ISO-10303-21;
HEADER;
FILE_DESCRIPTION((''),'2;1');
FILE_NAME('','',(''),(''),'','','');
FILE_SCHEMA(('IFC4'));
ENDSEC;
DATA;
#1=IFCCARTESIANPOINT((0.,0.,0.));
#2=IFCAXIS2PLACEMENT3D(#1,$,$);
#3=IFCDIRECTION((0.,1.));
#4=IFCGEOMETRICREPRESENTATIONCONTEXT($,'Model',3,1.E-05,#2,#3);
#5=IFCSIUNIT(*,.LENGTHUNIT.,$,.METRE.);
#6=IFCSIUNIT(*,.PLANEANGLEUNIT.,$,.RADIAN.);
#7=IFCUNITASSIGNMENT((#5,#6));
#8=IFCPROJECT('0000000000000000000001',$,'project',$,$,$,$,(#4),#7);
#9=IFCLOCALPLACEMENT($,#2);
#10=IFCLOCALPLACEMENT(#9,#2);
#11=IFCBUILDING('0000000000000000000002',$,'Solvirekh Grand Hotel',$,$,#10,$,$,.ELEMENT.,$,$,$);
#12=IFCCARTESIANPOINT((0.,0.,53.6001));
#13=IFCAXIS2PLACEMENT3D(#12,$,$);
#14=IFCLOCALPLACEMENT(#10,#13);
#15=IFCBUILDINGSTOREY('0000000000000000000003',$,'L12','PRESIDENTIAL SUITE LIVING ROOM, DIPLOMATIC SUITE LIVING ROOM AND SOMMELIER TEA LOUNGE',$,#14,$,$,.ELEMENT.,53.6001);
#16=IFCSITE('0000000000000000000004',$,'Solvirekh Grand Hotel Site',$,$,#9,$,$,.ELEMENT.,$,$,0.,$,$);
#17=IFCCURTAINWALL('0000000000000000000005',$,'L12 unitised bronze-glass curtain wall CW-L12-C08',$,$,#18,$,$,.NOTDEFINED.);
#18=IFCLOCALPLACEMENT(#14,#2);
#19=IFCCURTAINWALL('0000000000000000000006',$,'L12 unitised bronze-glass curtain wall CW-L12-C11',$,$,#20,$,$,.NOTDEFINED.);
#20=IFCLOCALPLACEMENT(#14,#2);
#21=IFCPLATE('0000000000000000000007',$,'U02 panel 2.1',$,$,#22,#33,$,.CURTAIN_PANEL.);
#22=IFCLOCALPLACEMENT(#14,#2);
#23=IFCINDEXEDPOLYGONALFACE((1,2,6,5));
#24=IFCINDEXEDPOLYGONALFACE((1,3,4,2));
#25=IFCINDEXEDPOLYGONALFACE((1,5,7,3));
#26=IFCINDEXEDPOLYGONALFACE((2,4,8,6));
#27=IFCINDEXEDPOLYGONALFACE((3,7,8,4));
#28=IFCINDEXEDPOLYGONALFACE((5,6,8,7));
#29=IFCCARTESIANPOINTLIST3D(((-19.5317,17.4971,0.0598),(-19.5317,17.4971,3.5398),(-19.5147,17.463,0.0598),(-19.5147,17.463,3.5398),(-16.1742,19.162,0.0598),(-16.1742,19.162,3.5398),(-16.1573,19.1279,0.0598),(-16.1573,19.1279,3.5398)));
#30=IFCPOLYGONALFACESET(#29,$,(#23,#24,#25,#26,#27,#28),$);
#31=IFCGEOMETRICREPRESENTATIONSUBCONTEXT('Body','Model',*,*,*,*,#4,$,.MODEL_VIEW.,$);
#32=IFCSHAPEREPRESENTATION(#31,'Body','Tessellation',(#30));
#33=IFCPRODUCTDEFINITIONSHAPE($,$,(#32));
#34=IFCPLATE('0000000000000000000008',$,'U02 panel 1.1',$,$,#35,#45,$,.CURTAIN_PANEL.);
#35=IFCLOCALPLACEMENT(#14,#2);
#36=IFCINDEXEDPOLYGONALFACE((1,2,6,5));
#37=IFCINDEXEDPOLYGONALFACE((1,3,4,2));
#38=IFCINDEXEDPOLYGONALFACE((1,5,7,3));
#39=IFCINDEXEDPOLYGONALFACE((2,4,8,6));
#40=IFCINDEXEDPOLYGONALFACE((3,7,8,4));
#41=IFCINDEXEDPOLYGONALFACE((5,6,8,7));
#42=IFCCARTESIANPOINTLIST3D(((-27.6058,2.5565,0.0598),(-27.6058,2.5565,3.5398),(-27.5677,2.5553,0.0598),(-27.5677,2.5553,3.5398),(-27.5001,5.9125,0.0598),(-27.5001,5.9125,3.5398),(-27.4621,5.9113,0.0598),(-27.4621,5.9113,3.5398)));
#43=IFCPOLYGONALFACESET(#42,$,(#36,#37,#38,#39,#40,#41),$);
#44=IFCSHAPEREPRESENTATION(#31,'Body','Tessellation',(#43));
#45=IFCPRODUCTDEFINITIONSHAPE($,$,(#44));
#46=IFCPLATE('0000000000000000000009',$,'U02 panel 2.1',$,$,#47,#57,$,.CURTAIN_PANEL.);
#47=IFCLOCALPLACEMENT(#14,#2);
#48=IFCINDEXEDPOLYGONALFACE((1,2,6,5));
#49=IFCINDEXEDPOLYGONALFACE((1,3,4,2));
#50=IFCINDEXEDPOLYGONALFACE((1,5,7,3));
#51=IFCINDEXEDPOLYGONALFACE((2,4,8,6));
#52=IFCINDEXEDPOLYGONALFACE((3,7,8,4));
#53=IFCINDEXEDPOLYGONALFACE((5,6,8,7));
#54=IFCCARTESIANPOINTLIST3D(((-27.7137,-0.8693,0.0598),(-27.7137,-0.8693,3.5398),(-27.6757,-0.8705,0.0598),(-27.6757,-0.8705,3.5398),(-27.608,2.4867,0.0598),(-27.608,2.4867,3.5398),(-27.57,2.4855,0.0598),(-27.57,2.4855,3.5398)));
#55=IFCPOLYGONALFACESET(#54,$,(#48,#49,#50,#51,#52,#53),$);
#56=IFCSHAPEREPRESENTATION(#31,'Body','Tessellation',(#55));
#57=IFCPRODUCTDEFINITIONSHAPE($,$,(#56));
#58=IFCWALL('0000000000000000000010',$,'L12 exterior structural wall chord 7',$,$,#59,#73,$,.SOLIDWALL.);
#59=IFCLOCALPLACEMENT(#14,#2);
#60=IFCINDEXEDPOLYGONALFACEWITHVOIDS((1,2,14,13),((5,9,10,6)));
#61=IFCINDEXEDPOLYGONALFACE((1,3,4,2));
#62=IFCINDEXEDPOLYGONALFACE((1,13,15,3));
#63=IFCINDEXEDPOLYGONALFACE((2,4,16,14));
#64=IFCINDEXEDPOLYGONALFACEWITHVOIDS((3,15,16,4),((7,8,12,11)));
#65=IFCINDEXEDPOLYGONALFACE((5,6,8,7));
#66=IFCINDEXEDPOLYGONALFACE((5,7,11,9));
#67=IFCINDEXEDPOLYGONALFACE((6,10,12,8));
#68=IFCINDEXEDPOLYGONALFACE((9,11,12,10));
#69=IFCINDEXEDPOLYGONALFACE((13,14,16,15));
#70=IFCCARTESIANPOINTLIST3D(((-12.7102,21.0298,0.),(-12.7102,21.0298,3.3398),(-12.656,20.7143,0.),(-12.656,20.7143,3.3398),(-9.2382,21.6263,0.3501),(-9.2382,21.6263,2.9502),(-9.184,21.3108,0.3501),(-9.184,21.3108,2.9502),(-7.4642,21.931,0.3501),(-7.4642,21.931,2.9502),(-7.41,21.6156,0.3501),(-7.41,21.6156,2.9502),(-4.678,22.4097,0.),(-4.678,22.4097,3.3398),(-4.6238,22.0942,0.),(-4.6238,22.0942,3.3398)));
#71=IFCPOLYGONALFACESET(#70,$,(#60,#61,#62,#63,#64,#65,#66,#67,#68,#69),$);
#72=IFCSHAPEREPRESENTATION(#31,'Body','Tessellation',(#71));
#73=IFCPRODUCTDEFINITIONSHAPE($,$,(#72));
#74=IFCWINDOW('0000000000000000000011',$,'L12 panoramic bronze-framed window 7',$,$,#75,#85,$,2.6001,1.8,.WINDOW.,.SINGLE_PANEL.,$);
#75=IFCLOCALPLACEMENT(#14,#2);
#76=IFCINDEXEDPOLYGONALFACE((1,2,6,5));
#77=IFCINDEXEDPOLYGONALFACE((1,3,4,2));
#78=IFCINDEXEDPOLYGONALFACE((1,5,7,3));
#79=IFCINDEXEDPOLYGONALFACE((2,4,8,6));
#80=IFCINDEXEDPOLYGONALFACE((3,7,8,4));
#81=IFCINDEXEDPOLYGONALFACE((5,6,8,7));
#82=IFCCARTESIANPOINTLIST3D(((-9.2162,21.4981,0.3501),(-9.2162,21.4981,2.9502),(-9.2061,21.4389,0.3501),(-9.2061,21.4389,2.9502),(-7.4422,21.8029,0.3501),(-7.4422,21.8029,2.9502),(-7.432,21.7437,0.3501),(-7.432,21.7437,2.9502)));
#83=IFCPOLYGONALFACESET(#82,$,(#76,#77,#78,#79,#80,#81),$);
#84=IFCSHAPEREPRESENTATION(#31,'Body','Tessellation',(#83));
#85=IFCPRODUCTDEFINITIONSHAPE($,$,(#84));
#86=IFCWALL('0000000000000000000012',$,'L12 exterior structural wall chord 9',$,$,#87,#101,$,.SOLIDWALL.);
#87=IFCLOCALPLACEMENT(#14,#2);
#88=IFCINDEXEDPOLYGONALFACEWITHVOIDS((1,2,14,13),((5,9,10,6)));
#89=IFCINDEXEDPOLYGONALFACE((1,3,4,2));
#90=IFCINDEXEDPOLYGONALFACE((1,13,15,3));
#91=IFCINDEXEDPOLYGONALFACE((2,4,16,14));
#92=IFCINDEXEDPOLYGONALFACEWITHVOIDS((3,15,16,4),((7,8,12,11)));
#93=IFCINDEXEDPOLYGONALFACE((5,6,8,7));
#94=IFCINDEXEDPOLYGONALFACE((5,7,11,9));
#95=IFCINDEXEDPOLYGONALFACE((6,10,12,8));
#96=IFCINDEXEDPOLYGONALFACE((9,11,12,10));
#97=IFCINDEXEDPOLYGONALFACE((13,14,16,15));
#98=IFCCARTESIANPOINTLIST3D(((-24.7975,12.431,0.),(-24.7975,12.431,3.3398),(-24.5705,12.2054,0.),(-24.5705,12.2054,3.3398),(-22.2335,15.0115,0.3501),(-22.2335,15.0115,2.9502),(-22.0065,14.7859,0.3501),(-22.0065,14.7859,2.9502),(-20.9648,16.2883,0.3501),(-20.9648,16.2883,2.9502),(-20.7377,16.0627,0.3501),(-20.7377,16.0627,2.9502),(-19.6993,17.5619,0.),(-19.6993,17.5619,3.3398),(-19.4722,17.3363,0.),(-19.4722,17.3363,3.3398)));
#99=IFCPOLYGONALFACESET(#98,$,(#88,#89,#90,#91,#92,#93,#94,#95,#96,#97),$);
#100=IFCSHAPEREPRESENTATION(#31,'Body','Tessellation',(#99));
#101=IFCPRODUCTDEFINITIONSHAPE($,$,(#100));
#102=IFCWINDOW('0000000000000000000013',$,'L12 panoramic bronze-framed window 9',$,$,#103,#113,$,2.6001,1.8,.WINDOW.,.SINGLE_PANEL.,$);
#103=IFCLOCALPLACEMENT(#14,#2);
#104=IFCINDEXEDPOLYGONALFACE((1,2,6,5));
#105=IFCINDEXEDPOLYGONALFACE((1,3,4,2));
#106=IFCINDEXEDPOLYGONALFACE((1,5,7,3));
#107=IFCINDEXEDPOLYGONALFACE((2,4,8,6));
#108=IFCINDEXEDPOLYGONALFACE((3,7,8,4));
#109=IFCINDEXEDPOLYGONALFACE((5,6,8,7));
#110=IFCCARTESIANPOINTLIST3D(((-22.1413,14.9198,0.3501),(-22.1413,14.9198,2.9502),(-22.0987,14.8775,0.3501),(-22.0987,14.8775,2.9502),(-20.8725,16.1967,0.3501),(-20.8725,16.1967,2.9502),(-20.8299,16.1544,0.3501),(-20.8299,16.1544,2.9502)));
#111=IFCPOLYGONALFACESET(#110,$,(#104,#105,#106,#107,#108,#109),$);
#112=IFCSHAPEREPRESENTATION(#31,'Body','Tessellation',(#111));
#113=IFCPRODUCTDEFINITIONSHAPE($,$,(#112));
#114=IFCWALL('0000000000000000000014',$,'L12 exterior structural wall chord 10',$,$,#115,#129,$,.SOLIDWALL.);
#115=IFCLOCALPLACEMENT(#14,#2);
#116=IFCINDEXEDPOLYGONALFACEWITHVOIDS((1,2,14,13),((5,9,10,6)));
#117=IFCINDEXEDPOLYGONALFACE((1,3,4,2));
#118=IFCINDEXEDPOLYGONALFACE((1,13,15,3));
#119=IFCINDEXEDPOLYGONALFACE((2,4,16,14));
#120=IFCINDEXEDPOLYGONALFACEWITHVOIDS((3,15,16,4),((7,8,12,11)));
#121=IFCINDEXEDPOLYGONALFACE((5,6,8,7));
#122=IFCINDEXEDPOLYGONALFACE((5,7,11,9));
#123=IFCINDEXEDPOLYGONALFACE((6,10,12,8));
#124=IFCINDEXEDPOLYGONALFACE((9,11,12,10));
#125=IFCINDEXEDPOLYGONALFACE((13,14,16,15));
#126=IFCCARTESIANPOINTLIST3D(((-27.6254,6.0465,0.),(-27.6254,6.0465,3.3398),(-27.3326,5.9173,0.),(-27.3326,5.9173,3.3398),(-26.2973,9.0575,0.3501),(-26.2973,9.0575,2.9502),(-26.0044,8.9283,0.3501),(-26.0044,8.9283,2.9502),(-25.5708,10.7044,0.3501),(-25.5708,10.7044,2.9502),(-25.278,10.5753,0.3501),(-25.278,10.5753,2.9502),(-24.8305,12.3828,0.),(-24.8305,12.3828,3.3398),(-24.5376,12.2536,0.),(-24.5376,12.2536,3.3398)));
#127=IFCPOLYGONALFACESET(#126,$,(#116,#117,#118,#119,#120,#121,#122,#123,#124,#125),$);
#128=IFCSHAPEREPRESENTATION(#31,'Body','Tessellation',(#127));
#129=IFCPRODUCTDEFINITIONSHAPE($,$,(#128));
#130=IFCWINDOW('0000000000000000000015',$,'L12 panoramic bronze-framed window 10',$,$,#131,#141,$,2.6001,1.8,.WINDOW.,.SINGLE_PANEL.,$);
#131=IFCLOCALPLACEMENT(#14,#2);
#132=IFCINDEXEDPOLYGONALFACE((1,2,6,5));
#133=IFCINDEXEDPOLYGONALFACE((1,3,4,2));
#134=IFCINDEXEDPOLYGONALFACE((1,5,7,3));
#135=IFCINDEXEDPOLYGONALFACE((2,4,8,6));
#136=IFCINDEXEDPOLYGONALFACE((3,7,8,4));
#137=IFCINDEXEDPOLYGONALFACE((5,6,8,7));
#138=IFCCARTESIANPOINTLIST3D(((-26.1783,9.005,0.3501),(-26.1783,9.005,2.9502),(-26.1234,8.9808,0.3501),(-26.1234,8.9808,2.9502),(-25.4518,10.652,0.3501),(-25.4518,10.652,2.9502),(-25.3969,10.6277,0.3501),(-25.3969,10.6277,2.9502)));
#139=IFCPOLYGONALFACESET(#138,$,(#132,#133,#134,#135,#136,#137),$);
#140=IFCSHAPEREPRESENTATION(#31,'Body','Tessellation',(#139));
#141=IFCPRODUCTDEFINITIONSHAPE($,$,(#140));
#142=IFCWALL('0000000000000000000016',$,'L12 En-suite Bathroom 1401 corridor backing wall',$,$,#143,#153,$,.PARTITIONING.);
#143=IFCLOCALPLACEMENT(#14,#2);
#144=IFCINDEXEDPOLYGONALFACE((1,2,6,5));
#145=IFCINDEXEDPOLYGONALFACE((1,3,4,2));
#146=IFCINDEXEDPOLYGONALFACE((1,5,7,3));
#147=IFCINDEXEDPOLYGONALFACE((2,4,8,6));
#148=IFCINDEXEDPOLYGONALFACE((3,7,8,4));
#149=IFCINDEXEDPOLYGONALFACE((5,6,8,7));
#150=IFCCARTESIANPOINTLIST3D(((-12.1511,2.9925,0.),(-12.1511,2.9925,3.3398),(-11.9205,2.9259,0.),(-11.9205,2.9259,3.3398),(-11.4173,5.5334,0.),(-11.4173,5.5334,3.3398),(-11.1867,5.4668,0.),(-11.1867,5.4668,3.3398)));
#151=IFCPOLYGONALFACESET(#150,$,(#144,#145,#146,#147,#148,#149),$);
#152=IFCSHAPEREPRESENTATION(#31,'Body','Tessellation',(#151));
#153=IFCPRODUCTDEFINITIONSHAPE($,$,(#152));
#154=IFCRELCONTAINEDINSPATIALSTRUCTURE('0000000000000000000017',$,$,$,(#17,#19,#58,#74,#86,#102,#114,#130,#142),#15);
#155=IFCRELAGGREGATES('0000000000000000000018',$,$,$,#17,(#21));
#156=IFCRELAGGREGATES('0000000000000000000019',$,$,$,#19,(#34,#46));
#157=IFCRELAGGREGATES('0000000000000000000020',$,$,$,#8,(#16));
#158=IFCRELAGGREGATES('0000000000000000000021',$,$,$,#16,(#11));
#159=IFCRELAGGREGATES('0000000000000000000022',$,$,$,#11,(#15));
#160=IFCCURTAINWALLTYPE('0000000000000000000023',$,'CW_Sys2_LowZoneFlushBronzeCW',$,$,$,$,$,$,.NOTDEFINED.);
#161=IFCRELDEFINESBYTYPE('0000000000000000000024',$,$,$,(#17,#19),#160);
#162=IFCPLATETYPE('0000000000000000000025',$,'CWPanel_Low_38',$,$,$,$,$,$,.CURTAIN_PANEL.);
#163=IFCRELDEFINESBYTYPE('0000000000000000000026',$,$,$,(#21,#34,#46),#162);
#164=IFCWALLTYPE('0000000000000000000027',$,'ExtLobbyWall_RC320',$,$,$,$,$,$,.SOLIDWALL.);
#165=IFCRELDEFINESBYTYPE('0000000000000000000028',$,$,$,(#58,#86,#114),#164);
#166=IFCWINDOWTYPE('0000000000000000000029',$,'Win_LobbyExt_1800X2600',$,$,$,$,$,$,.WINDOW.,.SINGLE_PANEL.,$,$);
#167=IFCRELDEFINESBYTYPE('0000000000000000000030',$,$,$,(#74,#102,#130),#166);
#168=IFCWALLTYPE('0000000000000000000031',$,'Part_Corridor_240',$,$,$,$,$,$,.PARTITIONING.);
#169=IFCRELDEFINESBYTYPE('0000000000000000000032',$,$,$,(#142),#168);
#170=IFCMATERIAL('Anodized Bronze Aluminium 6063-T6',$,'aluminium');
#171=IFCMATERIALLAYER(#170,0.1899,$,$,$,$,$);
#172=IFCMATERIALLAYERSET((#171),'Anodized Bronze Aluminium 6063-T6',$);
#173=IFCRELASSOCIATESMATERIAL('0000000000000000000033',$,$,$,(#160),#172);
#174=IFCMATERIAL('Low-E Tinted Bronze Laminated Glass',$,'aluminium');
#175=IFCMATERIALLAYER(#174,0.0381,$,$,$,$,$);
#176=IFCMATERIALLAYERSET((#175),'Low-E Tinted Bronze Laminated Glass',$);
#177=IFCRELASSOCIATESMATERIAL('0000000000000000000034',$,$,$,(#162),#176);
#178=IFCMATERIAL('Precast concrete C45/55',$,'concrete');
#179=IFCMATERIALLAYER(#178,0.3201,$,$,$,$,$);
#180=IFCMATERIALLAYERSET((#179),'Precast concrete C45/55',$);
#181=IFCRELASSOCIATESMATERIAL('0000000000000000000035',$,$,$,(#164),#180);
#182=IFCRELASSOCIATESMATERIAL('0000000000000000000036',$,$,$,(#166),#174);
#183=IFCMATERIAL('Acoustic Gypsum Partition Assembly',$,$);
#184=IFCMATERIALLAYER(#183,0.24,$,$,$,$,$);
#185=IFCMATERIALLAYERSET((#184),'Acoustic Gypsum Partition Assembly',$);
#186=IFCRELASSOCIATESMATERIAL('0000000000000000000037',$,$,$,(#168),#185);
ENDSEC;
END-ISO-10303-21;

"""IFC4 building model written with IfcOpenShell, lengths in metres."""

from ifc_helpers import new_model, si_unit, direction, frame, frame_2d, origin, origin_2d, place, context, subcontext, project, spatial, rectangle, extrude, source, transform, mapped, material, layer, layer_set, type_object, element, fill, aggregate, save


model = new_model("IFC4")

# Units and contexts
model_context = context("Model", 3, precision=1e-05, world=origin(), true_north=direction((0.0, 1.0)))
body_context = subcontext(model_context, "Body", "Model", "MODEL_VIEW")
ifc_project = project(units=[si_unit("LENGTHUNIT", "METRE"), si_unit("PLANEANGLEUNIT", "RADIAN")], contexts=[model_context])

# Site, building, storey
site_placement = place(None, origin())
site = spatial("IfcSite", under=ifc_project, at=site_placement, Name="Solvirekh Grand Hotel Site", CompositionType="ELEMENT", RefElevation=0.0)
building_placement = place(site_placement, origin())
building = spatial("IfcBuilding", under=site, at=building_placement, Name="Solvirekh Grand Hotel", CompositionType="ELEMENT")
storey_placement = place(building_placement, frame((0.0, 0.0, 53.6001)))
storey = spatial("IfcBuildingStorey", under=building, at=storey_placement, Name="L12", Description="PRESIDENTIAL SUITE LIVING ROOM, DIPLOMATIC SUITE LIVING ROOM AND SOMMELIER TEA LOUNGE", CompositionType="ELEMENT", Elevation=53.6001)

# Curtain walls
ifc_material_1 = material(Name="Anodized Bronze Aluminium 6063-T6", Category="aluminium")
ifc_layer_1 = layer(ifc_material_1, 0.1899)
ifc_layer_set_1 = layer_set([ifc_layer_1], Name="Anodized Bronze Aluminium 6063-T6")
curtain_wall_type = type_object("IfcCurtainWallType", Name="CW_Sys2_LowZoneFlushBronzeCW", PredefinedType="NOTDEFINED", material=ifc_layer_set_1)
curtain_wall_1_placement = place(storey_placement, origin())
curtain_wall_1 = element("IfcCurtainWall", 1, at=curtain_wall_1_placement, inside=storey, type_object=curtain_wall_type, Name="L12 unitised bronze-glass curtain wall CW-L12-C08", PredefinedType="NOTDEFINED")
curtain_wall_2_placement = place(storey_placement, origin())
curtain_wall_2 = element("IfcCurtainWall", 2, at=curtain_wall_2_placement, inside=storey, type_object=curtain_wall_type, Name="L12 unitised bronze-glass curtain wall CW-L12-C11", PredefinedType="NOTDEFINED")

# Plates
ifc_material_2 = material(Name="Low-E Tinted Bronze Laminated Glass", Category="aluminium")
ifc_layer_2 = layer(ifc_material_2, 0.0381)
ifc_layer_set_2 = layer_set([ifc_layer_2], Name="Low-E Tinted Bronze Laminated Glass")
plate_type = type_object("IfcPlateType", Name="CWPanel_Low_38", PredefinedType="CURTAIN_PANEL", material=ifc_layer_set_2)
shared_shape_1 = source(origin(), body_context, "Body", "SweptSolid", [
    extrude(rectangle(XDim=3.7476, YDim=0.0381, at=origin_2d()), origin(), (0.0, 0.0, 1.0), 3.48),
])
plate_1_placement = place(storey_placement, frame((-17.8445, 18.3125, 0.0598), z_axis=(0.0, 0.0, 1.0), x_axis=(-0.895902, -0.444252, 0.0)))
plate_1 = element("IfcPlate", 3, at=plate_1_placement, type_object=plate_type, Name="U02 panel 2.1", PredefinedType="CURTAIN_PANEL", context=body_context, shape_type="MappedRepresentation", body=[
    mapped(shared_shape_1, transform((0.0, 0.0, 0.0), x_axis=(1.0, 0.0, 0.0), y_axis=(0.0, 1.0, 0.0), z_axis=(0.0, 0.0, 1.0), scale=1.0)),
])
aggregate(curtain_wall_1, [plate_1])
shared_shape_2 = source(origin(), body_context, "Body", "SweptSolid", [
    extrude(rectangle(XDim=3.3577, YDim=0.0381, at=origin_2d()), origin(), (0.0, 0.0, 1.0), 3.48),
])
plate_2_placement = place(storey_placement, frame((-27.5339, 4.2339, 0.0598), z_axis=(0.0, 0.0, 1.0), x_axis=(-0.031478, -0.999504, 0.0)))
plate_2 = element("IfcPlate", 4, at=plate_2_placement, type_object=plate_type, Name="U02 panel 1.1", PredefinedType="CURTAIN_PANEL", context=body_context, shape_type="MappedRepresentation", body=[
    mapped(shared_shape_2, transform((0.0, 0.0, 0.0), x_axis=(1.0, 0.0, 0.0), y_axis=(0.0, 1.0, 0.0), z_axis=(0.0, 0.0, 1.0), scale=1.0)),
])
plate_3_placement = place(storey_placement, frame((-27.6418, 0.8081, 0.0598), z_axis=(0.0, 0.0, 1.0), x_axis=(-0.031478, -0.999504, 0.0)))
plate_3 = element("IfcPlate", 5, at=plate_3_placement, type_object=plate_type, Name="U02 panel 2.1", PredefinedType="CURTAIN_PANEL", context=body_context, shape_type="MappedRepresentation", body=[
    mapped(shared_shape_2, transform((0.0, 0.0, 0.0), x_axis=(1.0, 0.0, 0.0), y_axis=(0.0, 1.0, 0.0), z_axis=(0.0, 0.0, 1.0), scale=1.0)),
])
aggregate(curtain_wall_2, [plate_2, plate_3])

# Walls, openings, windows
ifc_material_3 = material(Name="Precast concrete C45/55", Category="concrete")
ifc_layer_3 = layer(ifc_material_3, 0.3201)
ifc_layer_set_3 = layer_set([ifc_layer_3], Name="Precast concrete C45/55")
wall_type_1 = type_object("IfcWallType", Name="ExtLobbyWall_RC320", PredefinedType="SOLIDWALL", material=ifc_layer_set_3)
wall_1_placement = place(storey_placement, frame((-12.6831, 20.8721, 0.0), z_axis=(0.0, 0.0, 1.0), x_axis=(0.985562, 0.169313, 0.0)))
wall_1 = element("IfcWall", 6, at=wall_1_placement, inside=storey, type_object=wall_type_1, Name="L12 exterior structural wall chord 7", PredefinedType="SOLIDWALL", context=body_context, shape_type="SweptSolid", body=[
    extrude(rectangle(XDim=8.1499, YDim=0.3201, at=frame_2d((4.075, 0.0))), origin(), (0.0, 0.0, 1.0), 3.3398),
])
opening_1_placement = place(wall_1_placement, frame((3.5229, 0.0, 0.3501)))
opening_1 = element("IfcOpeningElement", 7, at=opening_1_placement, cuts=wall_1, PredefinedType="OPENING", context=body_context, shape_type="SweptSolid", body=[
    extrude(rectangle(XDim=1.8, YDim=2.6001, at=frame_2d((0.8999, 1.3))), frame((0.0, 0.1699, 0.0), z_axis=(0.0, -1.0, 0.0), x_axis=(1.0, 0.0, 0.0)), (0.0, 0.0, 1.0), 0.3401),
])
window_type = type_object("IfcWindowType", Name="Win_LobbyExt_1800X2600", PartitioningType="SINGLE_PANEL", PredefinedType="WINDOW", material=ifc_material_2)
window_1_placement = place(opening_1_placement, origin())
window_1 = element("IfcWindow", 8, at=window_1_placement, inside=storey, type_object=window_type, Name="L12 panoramic bronze-framed window 7", OverallHeight=2.6001, OverallWidth=1.8, PartitioningType="SINGLE_PANEL", PredefinedType="WINDOW", context=body_context, shape_type="SweptSolid", body=[
    extrude(rectangle(XDim=1.8, YDim=2.6001, at=frame_2d((0.8999, 1.3))), frame((0.0, 0.03, 0.0), z_axis=(0.0, -1.0, 0.0), x_axis=(1.0, 0.0, 0.0)), (0.0, 0.0, 1.0), 0.0601),
])
fill(opening_1, window_1)
wall_2_placement = place(storey_placement, frame((-24.6841, 12.3181, 0.0), z_axis=(0.0, 0.0, 1.0), x_axis=(0.704842, 0.709365, 0.0)))
wall_2 = element("IfcWall", 9, at=wall_2_placement, inside=storey, type_object=wall_type_1, Name="L12 exterior structural wall chord 9", PredefinedType="SOLIDWALL", context=body_context, shape_type="SweptSolid", body=[
    extrude(rectangle(XDim=7.2332, YDim=0.3201, at=frame_2d((3.6167, 0.0))), origin(), (0.0, 0.0, 1.0), 3.3398),
])
opening_2_placement = place(wall_2_placement, frame((3.6379, 0.0, 0.3501)))
opening_2 = element("IfcOpeningElement", 10, at=opening_2_placement, cuts=wall_2, PredefinedType="OPENING", context=body_context, shape_type="SweptSolid", body=[
    extrude(rectangle(XDim=1.8, YDim=2.6001, at=frame_2d((0.8999, 1.3))), frame((0.0, 0.1699, 0.0), z_axis=(0.0, -1.0, 0.0), x_axis=(1.0, 0.0, 0.0)), (0.0, 0.0, 1.0), 0.3401),
])
window_2_placement = place(opening_2_placement, origin())
window_2 = element("IfcWindow", 11, at=window_2_placement, inside=storey, type_object=window_type, Name="L12 panoramic bronze-framed window 9", OverallHeight=2.6001, OverallWidth=1.8, PartitioningType="SINGLE_PANEL", PredefinedType="WINDOW", context=body_context, shape_type="SweptSolid", body=[
    extrude(rectangle(XDim=1.8, YDim=2.6001, at=frame_2d((0.8999, 1.3))), frame((0.0, 0.03, 0.0), z_axis=(0.0, -1.0, 0.0), x_axis=(1.0, 0.0, 0.0)), (0.0, 0.0, 1.0), 0.0601),
])
fill(opening_2, window_2)
wall_3_placement = place(storey_placement, frame((-27.479, 5.9819, 0.0), z_axis=(0.0, 0.0, 1.0), x_axis=(0.403586, 0.914942, 0.0)))
wall_3 = element("IfcWall", 12, at=wall_3_placement, inside=storey, type_object=wall_type_1, Name="L12 exterior structural wall chord 10", PredefinedType="SOLIDWALL", context=body_context, shape_type="SweptSolid", body=[
    extrude(rectangle(XDim=6.9253, YDim=0.3201, at=frame_2d((3.4626, 0.0))), origin(), (0.0, 0.0, 1.0), 3.3398),
])
opening_3_placement = place(wall_3_placement, frame((3.291, 0.0, 0.3501)))
opening_3 = element("IfcOpeningElement", 13, at=opening_3_placement, cuts=wall_3, PredefinedType="OPENING", context=body_context, shape_type="SweptSolid", body=[
    extrude(rectangle(XDim=1.8, YDim=2.6001, at=frame_2d((0.8999, 1.3))), frame((0.0, 0.1699, 0.0), z_axis=(0.0, -1.0, 0.0), x_axis=(1.0, 0.0, 0.0)), (0.0, 0.0, 1.0), 0.3401),
])
window_3_placement = place(opening_3_placement, origin())
window_3 = element("IfcWindow", 14, at=window_3_placement, inside=storey, type_object=window_type, Name="L12 panoramic bronze-framed window 10", OverallHeight=2.6001, OverallWidth=1.8, PartitioningType="SINGLE_PANEL", PredefinedType="WINDOW", context=body_context, shape_type="SweptSolid", body=[
    extrude(rectangle(XDim=1.8, YDim=2.6001, at=frame_2d((0.8999, 1.3))), frame((0.0, 0.03, 0.0), z_axis=(0.0, -1.0, 0.0), x_axis=(1.0, 0.0, 0.0)), (0.0, 0.0, 1.0), 0.0601),
])
fill(opening_3, window_3)

# Wall
ifc_material_4 = material(Name="Acoustic Gypsum Partition Assembly")
ifc_layer_4 = layer(ifc_material_4, 0.24)
ifc_layer_set_4 = layer_set([ifc_layer_4], Name="Acoustic Gypsum Partition Assembly")
wall_type_2 = type_object("IfcWallType", Name="Part_Corridor_240", PredefinedType="PARTITIONING", material=ifc_layer_set_4)
wall_4_placement = place(storey_placement, frame((-11.302, 5.5, 0.0), z_axis=(0.0, 0.0, 1.0), x_axis=(-0.277475, -0.960733, 0.0)))
element("IfcWall", 15, at=wall_4_placement, inside=storey, type_object=wall_type_2, Name="L12 En-suite Bathroom 1401 corridor backing wall", PredefinedType="PARTITIONING", context=body_context, shape_type="SweptSolid", body=[
    extrude(rectangle(XDim=2.6448, YDim=0.24, at=frame_2d((1.3223, 0.0))), origin(), (0.0, 0.0, 1.0), 3.3398),
])

save(model, "model.ifc")
